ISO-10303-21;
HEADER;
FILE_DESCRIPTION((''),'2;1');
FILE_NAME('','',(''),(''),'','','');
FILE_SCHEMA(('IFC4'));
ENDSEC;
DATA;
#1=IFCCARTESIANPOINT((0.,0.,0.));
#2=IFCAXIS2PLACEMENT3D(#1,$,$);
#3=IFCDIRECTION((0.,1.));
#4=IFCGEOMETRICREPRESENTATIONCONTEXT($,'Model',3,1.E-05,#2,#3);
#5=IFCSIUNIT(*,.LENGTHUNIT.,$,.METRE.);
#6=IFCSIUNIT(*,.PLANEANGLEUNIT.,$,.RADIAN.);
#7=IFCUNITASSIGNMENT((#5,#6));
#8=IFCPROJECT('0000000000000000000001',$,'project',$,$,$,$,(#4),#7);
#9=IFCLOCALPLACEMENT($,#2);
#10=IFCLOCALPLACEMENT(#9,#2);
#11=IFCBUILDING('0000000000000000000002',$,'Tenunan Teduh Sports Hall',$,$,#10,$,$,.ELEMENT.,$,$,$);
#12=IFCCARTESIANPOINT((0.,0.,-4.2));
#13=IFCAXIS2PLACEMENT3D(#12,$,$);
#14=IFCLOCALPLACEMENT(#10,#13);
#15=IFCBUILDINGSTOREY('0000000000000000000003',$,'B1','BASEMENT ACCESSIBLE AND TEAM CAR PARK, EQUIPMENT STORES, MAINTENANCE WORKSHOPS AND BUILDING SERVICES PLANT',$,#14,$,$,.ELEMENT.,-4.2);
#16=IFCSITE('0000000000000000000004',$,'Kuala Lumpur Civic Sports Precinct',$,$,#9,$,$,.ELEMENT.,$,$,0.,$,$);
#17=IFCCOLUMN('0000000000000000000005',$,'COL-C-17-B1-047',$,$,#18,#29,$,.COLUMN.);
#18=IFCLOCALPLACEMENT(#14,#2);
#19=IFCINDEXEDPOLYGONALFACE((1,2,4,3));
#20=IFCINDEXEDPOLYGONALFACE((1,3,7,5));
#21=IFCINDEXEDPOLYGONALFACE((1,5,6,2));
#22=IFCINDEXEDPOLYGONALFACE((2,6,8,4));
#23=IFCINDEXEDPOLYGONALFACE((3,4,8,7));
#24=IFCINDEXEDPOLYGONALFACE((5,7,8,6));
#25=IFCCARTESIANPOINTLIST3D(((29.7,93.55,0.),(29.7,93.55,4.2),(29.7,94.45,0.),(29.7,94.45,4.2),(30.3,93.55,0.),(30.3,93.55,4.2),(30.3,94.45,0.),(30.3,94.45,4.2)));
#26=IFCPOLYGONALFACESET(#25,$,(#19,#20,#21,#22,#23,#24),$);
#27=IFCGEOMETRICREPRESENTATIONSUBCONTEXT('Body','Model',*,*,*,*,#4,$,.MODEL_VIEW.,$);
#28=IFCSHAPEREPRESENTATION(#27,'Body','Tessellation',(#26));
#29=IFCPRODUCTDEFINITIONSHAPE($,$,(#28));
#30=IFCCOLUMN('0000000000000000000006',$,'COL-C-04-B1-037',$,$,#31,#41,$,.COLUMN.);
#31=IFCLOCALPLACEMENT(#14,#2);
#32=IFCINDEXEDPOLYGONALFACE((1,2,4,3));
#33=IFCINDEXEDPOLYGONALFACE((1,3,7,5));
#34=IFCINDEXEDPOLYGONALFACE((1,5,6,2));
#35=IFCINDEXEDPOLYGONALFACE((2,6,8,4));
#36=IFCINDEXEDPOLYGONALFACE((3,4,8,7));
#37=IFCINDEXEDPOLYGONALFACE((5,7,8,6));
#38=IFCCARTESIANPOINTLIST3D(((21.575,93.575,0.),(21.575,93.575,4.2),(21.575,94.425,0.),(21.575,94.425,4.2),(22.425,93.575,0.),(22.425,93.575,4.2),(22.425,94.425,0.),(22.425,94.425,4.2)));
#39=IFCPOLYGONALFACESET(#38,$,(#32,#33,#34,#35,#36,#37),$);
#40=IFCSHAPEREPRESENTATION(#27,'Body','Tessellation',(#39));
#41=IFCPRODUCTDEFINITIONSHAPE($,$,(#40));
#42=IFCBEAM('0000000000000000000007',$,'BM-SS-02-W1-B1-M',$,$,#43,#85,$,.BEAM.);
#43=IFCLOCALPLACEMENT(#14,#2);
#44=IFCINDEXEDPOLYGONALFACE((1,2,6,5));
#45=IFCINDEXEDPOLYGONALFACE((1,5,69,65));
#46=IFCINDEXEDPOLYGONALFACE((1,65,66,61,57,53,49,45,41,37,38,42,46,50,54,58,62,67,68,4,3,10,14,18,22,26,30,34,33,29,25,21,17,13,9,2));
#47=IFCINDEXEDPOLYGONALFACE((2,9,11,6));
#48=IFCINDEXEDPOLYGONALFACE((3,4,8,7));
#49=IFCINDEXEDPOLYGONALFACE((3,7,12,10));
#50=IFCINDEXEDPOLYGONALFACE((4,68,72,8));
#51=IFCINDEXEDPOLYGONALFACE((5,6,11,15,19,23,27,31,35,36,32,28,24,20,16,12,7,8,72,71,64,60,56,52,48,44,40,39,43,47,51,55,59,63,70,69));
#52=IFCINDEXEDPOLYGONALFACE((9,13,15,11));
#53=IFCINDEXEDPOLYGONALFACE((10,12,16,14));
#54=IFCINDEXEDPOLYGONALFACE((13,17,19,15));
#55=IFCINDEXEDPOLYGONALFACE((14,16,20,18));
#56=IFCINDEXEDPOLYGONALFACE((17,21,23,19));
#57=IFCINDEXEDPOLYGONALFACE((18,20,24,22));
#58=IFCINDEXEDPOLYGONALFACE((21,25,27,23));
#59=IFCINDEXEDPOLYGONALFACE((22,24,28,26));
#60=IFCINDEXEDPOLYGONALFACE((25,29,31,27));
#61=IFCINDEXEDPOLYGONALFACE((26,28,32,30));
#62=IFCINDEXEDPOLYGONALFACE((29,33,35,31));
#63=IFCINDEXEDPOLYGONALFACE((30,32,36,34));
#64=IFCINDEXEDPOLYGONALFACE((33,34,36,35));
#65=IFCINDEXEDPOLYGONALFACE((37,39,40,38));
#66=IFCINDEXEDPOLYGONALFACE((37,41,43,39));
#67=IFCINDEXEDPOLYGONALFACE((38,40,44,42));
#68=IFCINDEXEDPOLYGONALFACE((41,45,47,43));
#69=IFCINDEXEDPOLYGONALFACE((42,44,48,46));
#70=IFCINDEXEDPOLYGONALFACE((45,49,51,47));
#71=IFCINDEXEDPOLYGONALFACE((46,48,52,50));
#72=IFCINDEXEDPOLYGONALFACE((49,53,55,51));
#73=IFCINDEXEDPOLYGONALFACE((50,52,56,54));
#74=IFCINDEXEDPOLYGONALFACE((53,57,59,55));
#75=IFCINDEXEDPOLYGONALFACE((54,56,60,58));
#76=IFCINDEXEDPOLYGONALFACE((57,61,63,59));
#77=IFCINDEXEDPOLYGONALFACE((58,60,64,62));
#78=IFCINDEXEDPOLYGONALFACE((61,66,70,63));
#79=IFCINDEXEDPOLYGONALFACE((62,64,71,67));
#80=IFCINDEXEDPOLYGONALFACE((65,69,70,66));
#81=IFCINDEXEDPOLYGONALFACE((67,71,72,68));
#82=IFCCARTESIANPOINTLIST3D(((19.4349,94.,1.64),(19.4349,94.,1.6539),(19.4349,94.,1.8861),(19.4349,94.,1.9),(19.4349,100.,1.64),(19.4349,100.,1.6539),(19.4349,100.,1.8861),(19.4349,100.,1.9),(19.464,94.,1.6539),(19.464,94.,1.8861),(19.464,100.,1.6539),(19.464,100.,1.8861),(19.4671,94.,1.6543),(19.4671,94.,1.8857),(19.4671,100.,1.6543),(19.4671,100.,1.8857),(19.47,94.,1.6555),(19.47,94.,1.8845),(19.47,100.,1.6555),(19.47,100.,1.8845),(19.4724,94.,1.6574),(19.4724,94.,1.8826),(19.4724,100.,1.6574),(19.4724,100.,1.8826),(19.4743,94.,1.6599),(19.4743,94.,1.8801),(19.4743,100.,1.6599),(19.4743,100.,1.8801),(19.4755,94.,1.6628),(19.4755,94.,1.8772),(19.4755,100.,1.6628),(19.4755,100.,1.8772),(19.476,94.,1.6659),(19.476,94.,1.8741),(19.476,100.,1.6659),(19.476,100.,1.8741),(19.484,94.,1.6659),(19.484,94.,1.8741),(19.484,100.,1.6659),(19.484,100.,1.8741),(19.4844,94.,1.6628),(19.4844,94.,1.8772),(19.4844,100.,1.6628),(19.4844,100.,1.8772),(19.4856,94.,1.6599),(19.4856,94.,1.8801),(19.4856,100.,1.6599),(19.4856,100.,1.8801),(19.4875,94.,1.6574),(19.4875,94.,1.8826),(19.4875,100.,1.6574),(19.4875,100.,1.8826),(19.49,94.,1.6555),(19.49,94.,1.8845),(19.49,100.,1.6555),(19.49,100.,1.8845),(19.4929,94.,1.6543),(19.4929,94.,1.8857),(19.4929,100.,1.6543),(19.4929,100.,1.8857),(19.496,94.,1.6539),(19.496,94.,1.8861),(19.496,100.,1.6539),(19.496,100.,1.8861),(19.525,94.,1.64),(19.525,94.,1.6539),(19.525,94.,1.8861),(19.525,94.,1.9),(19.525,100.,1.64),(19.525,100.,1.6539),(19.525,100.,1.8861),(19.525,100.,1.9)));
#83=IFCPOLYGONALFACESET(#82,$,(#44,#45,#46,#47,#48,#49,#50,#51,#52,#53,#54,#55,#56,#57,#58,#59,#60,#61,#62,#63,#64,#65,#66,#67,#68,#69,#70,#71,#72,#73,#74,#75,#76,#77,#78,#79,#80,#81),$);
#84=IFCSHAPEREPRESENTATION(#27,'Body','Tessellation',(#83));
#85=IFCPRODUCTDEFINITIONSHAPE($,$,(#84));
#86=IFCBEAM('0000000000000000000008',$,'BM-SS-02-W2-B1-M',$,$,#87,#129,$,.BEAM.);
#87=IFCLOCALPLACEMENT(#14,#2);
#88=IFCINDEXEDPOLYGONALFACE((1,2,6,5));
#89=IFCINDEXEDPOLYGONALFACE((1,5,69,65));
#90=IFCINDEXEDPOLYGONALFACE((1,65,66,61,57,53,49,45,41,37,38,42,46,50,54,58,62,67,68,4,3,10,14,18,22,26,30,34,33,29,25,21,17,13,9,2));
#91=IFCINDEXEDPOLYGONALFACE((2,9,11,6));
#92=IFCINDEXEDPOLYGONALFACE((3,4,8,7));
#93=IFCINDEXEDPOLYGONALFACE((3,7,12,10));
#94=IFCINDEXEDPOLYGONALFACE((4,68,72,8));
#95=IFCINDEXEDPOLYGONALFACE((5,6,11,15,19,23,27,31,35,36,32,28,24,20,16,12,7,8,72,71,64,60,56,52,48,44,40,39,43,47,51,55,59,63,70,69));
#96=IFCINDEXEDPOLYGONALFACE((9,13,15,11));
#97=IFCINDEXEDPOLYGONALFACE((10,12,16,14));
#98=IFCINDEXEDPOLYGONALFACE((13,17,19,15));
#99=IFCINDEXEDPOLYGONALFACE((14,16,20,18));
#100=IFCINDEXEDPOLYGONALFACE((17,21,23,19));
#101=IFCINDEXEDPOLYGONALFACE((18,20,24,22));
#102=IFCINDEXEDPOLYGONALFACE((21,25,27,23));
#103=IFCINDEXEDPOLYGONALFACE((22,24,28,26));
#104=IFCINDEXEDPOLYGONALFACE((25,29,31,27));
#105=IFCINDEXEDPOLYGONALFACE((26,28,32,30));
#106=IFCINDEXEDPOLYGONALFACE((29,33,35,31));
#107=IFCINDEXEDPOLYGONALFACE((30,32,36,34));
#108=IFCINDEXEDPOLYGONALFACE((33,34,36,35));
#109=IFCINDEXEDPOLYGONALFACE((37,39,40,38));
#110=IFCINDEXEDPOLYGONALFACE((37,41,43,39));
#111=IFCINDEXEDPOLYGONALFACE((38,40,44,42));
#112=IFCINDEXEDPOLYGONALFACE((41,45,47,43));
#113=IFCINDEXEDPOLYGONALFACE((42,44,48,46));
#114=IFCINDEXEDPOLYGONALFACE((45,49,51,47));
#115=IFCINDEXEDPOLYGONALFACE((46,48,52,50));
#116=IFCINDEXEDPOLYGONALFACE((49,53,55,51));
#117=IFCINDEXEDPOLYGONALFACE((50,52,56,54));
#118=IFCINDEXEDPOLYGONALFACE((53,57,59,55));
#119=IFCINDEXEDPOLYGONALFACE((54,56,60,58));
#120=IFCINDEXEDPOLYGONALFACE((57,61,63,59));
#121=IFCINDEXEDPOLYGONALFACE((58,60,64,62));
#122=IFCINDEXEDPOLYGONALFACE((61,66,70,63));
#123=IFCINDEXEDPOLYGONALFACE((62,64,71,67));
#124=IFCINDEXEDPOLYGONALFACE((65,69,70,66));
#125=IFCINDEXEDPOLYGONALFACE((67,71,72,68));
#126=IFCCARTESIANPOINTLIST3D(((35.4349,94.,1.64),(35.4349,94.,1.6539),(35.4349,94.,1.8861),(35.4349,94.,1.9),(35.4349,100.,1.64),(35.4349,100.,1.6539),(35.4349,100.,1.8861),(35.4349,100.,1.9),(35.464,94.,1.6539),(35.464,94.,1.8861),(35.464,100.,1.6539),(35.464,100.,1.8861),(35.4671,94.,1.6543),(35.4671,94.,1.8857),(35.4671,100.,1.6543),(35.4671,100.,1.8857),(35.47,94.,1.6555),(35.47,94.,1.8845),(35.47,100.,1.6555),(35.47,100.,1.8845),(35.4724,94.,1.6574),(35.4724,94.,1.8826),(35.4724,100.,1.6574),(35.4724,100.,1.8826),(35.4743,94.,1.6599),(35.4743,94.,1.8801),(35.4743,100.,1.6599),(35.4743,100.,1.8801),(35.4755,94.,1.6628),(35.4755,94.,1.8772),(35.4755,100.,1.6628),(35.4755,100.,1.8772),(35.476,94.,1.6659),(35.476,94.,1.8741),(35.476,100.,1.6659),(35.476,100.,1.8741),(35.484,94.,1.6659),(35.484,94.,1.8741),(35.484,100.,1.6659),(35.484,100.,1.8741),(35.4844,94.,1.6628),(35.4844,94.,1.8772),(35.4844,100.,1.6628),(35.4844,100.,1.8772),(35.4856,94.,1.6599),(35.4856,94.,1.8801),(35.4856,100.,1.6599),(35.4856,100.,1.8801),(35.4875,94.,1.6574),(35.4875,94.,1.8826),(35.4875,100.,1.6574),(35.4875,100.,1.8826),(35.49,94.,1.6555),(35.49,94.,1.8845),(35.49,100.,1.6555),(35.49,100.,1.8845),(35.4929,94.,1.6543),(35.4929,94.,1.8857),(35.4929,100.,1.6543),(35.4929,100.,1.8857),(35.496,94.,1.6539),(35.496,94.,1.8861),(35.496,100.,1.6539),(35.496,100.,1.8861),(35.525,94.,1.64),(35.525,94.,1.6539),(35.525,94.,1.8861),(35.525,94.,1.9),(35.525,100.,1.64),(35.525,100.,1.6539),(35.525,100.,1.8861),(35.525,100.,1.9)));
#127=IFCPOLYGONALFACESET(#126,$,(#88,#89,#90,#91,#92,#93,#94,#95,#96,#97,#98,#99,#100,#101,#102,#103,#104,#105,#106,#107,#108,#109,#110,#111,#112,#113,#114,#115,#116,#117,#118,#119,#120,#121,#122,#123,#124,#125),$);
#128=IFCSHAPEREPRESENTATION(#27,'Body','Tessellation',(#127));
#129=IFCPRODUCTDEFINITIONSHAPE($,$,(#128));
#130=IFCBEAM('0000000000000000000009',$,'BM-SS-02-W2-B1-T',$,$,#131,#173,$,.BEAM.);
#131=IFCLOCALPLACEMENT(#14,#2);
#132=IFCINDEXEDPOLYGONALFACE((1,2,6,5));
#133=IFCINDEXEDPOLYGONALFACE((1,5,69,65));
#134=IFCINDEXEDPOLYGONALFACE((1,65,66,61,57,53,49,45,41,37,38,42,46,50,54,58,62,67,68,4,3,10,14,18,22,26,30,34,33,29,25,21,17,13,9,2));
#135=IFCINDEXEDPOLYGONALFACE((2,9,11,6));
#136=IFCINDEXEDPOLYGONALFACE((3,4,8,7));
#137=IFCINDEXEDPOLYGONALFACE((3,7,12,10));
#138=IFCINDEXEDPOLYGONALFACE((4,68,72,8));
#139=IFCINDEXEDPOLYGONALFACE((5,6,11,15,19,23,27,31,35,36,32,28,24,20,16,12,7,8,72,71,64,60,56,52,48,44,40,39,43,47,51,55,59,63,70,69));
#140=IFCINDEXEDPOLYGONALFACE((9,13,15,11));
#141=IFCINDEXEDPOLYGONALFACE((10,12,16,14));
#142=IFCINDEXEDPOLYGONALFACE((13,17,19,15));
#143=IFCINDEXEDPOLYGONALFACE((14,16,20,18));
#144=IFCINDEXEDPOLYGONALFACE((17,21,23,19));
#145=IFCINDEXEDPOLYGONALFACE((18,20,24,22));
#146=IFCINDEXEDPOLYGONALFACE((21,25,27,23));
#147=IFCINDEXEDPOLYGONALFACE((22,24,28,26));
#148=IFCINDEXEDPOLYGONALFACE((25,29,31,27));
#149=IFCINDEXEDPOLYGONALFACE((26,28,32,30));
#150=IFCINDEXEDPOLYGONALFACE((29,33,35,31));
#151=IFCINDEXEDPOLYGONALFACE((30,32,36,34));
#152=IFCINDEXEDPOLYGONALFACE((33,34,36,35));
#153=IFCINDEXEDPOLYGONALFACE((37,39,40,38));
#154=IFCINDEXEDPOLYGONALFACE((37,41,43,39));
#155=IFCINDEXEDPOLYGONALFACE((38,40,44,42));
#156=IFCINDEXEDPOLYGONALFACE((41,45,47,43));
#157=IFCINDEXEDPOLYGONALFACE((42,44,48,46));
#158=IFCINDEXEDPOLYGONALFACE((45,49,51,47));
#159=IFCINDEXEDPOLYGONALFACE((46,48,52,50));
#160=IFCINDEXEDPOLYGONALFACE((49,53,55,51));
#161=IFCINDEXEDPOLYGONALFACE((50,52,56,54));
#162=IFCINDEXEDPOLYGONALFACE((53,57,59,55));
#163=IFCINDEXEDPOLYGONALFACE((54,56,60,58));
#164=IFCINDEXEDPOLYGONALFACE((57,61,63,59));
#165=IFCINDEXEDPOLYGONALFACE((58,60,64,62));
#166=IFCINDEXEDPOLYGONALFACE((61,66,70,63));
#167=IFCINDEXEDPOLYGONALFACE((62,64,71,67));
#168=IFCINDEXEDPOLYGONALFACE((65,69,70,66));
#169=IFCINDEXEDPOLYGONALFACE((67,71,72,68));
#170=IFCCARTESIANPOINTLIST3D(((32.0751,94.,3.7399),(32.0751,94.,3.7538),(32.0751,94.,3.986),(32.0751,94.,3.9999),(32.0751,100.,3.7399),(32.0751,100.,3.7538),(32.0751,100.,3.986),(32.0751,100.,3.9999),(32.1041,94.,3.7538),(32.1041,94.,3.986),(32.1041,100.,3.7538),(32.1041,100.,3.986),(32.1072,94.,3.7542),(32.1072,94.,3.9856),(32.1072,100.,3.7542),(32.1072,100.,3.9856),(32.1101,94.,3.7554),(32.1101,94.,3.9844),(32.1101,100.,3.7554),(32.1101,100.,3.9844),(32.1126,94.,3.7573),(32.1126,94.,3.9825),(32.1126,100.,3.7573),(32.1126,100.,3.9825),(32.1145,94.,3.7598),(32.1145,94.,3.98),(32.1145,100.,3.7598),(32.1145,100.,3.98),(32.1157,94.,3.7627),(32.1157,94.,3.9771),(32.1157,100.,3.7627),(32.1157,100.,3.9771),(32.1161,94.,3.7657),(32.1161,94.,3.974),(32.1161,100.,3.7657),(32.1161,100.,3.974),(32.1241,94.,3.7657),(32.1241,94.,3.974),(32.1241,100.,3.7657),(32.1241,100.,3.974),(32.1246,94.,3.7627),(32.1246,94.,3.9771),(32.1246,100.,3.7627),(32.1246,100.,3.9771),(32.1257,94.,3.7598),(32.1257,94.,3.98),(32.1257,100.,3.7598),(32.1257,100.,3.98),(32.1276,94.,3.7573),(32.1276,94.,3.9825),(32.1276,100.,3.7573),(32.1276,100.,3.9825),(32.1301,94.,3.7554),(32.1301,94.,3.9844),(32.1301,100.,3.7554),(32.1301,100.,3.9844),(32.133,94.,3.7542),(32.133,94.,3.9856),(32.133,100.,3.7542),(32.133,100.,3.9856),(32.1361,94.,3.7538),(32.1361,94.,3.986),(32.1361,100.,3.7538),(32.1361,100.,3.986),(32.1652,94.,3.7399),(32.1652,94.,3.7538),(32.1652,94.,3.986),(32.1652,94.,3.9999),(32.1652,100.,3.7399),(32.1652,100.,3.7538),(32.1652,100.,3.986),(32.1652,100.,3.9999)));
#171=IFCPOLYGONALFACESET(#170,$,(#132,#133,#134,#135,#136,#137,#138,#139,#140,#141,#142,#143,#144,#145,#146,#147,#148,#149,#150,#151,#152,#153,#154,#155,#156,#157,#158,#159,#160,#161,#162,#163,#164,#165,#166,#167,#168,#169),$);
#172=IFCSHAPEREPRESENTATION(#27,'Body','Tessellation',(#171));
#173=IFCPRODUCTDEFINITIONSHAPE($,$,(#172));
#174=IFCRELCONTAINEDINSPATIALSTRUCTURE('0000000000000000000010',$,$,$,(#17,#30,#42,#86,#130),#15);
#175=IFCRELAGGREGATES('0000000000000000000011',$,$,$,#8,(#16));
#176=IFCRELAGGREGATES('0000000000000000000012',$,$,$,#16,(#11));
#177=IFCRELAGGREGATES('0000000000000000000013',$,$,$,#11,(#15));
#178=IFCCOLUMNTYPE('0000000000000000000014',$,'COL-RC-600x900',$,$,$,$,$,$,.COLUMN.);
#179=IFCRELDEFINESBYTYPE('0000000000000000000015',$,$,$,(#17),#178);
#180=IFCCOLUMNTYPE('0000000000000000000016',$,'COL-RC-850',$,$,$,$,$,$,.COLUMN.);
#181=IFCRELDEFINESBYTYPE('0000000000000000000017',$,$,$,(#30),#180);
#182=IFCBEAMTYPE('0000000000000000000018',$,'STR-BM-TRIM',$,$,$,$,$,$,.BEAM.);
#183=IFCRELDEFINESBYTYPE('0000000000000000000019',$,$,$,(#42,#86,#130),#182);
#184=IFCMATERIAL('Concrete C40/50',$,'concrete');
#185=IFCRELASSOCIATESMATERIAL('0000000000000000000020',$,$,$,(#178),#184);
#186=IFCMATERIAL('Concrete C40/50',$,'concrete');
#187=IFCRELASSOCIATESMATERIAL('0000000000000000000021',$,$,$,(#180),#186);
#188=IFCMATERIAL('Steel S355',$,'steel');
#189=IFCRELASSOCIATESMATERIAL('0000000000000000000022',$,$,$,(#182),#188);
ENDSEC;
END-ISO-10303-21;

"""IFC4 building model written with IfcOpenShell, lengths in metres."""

from ifc_helpers import new_model, si_unit, direction, frame, origin, origin_2d, place, context, subcontext, project, spatial, rectangle, i_section, extrude, material, material_profile, profile_set, type_object, element, save


model = new_model("IFC4")

# Units and contexts
model_context = context("Model", 3, precision=1e-05, world=origin(), true_north=direction((0.0, 1.0)))
body_context = subcontext(model_context, "Body", "Model", "MODEL_VIEW")
ifc_project = project(units=[si_unit("LENGTHUNIT", "METRE"), si_unit("PLANEANGLEUNIT", "RADIAN")], contexts=[model_context])

# Site, building, storey
site_placement = place(None, origin())
site = spatial("IfcSite", under=ifc_project, at=site_placement, Name="Kuala Lumpur Civic Sports Precinct", CompositionType="ELEMENT", RefElevation=0.0)
building_placement = place(site_placement, origin())
building = spatial("IfcBuilding", under=site, at=building_placement, Name="Tenunan Teduh Sports Hall", CompositionType="ELEMENT")
storey_placement = place(building_placement, frame((0.0, 0.0, -4.2)))
storey = spatial("IfcBuildingStorey", under=building, at=storey_placement, Name="B1", Description="BASEMENT ACCESSIBLE AND TEAM CAR PARK, EQUIPMENT STORES, MAINTENANCE WORKSHOPS AND BUILDING SERVICES PLANT", CompositionType="ELEMENT", Elevation=-4.2)

# Columns
ifc_material_1 = material(Name="Concrete C40/50", Category="concrete")
ifc_material_profile_1 = material_profile(ifc_material_1, rectangle(XDim=0.6001, YDim=0.8999, at=origin_2d()), Name="RC 600x900")
ifc_profile_set_1 = profile_set([ifc_material_profile_1], Name="Concrete C40/50")
column_type_1 = type_object("IfcColumnType", Name="COL-RC-600x900", PredefinedType="COLUMN", material=ifc_profile_set_1)
column_1_placement = place(storey_placement, frame((30.0, 94.0, 0.0), z_axis=(0.0, 0.0, 1.0), x_axis=(1.0, 0.0, 0.0)))
element("IfcColumn", 1, at=column_1_placement, inside=storey, type_object=column_type_1, Name="COL-C-17-B1-047", PredefinedType="COLUMN", context=body_context, shape_type="SweptSolid", body=[
    extrude(rectangle(XDim=0.6001, YDim=0.8999, at=origin_2d()), origin(), (0.0, 0.0, 1.0), 4.2),
])
ifc_material_2 = material(Name="Concrete C40/50", Category="concrete")
ifc_material_profile_2 = material_profile(ifc_material_2, rectangle(XDim=0.8501, YDim=0.8501, at=origin_2d()), Name="RC 850x850")
ifc_profile_set_2 = profile_set([ifc_material_profile_2], Name="Concrete C40/50")
column_type_2 = type_object("IfcColumnType", Name="COL-RC-850", PredefinedType="COLUMN", material=ifc_profile_set_2)
column_2_placement = place(storey_placement, frame((22.0, 94.0, 0.0), z_axis=(0.0, 0.0, 1.0), x_axis=(1.0, 0.0, 0.0)))
element("IfcColumn", 2, at=column_2_placement, inside=storey, type_object=column_type_2, Name="COL-C-04-B1-037", PredefinedType="COLUMN", context=body_context, shape_type="SweptSolid", body=[
    extrude(rectangle(XDim=0.8501, YDim=0.8501, at=origin_2d()), origin(), (0.0, 0.0, 1.0), 4.2),
])

# Beams
ifc_material_3 = material(Name="Steel S355", Category="steel")
ifc_material_profile_3 = material_profile(ifc_material_3, i_section(OverallWidth=0.0901, OverallDepth=0.26, WebThickness=0.0081, FlangeThickness=0.0139, FilletRadius=0.012, at=origin_2d()), Name="PFC 260x90")
ifc_profile_set_3 = profile_set([ifc_material_profile_3], Name="Steel S355")
beam_type = type_object("IfcBeamType", Name="STR-BM-TRIM", PredefinedType="BEAM", material=ifc_profile_set_3)
for number, where, z_axis, x_axis, name in (
    (3, (19.48, 94.0, 1.77), (0.0, 1.0, 0.0), (-1.0, 0.0, 0.0), "BM-SS-02-W1-B1-M"),
    (4, (35.48, 94.0, 1.77), (0.0, 1.0, 0.0), (-1.0, 0.0, 0.0), "BM-SS-02-W2-B1-M"),
    (5, (32.1201, 94.0, 3.8699), (0.0, 1.0, 0.0), (-1.0, 0.0, 0.0), "BM-SS-02-W2-B1-T"),
):
    element("IfcBeam", number, at=place(storey_placement, frame(where, z_axis=z_axis, x_axis=x_axis)), inside=storey, type_object=beam_type, Name=name, PredefinedType="BEAM", context=body_context, shape_type="SweptSolid", body=[
        extrude(i_section(OverallWidth=0.0901, OverallDepth=0.26, WebThickness=0.0081, FlangeThickness=0.0139, FilletRadius=0.012, at=origin_2d()), origin(), (0.0, 0.0, 1.0), 6.0),
    ])

save(model, "model.ifc")
